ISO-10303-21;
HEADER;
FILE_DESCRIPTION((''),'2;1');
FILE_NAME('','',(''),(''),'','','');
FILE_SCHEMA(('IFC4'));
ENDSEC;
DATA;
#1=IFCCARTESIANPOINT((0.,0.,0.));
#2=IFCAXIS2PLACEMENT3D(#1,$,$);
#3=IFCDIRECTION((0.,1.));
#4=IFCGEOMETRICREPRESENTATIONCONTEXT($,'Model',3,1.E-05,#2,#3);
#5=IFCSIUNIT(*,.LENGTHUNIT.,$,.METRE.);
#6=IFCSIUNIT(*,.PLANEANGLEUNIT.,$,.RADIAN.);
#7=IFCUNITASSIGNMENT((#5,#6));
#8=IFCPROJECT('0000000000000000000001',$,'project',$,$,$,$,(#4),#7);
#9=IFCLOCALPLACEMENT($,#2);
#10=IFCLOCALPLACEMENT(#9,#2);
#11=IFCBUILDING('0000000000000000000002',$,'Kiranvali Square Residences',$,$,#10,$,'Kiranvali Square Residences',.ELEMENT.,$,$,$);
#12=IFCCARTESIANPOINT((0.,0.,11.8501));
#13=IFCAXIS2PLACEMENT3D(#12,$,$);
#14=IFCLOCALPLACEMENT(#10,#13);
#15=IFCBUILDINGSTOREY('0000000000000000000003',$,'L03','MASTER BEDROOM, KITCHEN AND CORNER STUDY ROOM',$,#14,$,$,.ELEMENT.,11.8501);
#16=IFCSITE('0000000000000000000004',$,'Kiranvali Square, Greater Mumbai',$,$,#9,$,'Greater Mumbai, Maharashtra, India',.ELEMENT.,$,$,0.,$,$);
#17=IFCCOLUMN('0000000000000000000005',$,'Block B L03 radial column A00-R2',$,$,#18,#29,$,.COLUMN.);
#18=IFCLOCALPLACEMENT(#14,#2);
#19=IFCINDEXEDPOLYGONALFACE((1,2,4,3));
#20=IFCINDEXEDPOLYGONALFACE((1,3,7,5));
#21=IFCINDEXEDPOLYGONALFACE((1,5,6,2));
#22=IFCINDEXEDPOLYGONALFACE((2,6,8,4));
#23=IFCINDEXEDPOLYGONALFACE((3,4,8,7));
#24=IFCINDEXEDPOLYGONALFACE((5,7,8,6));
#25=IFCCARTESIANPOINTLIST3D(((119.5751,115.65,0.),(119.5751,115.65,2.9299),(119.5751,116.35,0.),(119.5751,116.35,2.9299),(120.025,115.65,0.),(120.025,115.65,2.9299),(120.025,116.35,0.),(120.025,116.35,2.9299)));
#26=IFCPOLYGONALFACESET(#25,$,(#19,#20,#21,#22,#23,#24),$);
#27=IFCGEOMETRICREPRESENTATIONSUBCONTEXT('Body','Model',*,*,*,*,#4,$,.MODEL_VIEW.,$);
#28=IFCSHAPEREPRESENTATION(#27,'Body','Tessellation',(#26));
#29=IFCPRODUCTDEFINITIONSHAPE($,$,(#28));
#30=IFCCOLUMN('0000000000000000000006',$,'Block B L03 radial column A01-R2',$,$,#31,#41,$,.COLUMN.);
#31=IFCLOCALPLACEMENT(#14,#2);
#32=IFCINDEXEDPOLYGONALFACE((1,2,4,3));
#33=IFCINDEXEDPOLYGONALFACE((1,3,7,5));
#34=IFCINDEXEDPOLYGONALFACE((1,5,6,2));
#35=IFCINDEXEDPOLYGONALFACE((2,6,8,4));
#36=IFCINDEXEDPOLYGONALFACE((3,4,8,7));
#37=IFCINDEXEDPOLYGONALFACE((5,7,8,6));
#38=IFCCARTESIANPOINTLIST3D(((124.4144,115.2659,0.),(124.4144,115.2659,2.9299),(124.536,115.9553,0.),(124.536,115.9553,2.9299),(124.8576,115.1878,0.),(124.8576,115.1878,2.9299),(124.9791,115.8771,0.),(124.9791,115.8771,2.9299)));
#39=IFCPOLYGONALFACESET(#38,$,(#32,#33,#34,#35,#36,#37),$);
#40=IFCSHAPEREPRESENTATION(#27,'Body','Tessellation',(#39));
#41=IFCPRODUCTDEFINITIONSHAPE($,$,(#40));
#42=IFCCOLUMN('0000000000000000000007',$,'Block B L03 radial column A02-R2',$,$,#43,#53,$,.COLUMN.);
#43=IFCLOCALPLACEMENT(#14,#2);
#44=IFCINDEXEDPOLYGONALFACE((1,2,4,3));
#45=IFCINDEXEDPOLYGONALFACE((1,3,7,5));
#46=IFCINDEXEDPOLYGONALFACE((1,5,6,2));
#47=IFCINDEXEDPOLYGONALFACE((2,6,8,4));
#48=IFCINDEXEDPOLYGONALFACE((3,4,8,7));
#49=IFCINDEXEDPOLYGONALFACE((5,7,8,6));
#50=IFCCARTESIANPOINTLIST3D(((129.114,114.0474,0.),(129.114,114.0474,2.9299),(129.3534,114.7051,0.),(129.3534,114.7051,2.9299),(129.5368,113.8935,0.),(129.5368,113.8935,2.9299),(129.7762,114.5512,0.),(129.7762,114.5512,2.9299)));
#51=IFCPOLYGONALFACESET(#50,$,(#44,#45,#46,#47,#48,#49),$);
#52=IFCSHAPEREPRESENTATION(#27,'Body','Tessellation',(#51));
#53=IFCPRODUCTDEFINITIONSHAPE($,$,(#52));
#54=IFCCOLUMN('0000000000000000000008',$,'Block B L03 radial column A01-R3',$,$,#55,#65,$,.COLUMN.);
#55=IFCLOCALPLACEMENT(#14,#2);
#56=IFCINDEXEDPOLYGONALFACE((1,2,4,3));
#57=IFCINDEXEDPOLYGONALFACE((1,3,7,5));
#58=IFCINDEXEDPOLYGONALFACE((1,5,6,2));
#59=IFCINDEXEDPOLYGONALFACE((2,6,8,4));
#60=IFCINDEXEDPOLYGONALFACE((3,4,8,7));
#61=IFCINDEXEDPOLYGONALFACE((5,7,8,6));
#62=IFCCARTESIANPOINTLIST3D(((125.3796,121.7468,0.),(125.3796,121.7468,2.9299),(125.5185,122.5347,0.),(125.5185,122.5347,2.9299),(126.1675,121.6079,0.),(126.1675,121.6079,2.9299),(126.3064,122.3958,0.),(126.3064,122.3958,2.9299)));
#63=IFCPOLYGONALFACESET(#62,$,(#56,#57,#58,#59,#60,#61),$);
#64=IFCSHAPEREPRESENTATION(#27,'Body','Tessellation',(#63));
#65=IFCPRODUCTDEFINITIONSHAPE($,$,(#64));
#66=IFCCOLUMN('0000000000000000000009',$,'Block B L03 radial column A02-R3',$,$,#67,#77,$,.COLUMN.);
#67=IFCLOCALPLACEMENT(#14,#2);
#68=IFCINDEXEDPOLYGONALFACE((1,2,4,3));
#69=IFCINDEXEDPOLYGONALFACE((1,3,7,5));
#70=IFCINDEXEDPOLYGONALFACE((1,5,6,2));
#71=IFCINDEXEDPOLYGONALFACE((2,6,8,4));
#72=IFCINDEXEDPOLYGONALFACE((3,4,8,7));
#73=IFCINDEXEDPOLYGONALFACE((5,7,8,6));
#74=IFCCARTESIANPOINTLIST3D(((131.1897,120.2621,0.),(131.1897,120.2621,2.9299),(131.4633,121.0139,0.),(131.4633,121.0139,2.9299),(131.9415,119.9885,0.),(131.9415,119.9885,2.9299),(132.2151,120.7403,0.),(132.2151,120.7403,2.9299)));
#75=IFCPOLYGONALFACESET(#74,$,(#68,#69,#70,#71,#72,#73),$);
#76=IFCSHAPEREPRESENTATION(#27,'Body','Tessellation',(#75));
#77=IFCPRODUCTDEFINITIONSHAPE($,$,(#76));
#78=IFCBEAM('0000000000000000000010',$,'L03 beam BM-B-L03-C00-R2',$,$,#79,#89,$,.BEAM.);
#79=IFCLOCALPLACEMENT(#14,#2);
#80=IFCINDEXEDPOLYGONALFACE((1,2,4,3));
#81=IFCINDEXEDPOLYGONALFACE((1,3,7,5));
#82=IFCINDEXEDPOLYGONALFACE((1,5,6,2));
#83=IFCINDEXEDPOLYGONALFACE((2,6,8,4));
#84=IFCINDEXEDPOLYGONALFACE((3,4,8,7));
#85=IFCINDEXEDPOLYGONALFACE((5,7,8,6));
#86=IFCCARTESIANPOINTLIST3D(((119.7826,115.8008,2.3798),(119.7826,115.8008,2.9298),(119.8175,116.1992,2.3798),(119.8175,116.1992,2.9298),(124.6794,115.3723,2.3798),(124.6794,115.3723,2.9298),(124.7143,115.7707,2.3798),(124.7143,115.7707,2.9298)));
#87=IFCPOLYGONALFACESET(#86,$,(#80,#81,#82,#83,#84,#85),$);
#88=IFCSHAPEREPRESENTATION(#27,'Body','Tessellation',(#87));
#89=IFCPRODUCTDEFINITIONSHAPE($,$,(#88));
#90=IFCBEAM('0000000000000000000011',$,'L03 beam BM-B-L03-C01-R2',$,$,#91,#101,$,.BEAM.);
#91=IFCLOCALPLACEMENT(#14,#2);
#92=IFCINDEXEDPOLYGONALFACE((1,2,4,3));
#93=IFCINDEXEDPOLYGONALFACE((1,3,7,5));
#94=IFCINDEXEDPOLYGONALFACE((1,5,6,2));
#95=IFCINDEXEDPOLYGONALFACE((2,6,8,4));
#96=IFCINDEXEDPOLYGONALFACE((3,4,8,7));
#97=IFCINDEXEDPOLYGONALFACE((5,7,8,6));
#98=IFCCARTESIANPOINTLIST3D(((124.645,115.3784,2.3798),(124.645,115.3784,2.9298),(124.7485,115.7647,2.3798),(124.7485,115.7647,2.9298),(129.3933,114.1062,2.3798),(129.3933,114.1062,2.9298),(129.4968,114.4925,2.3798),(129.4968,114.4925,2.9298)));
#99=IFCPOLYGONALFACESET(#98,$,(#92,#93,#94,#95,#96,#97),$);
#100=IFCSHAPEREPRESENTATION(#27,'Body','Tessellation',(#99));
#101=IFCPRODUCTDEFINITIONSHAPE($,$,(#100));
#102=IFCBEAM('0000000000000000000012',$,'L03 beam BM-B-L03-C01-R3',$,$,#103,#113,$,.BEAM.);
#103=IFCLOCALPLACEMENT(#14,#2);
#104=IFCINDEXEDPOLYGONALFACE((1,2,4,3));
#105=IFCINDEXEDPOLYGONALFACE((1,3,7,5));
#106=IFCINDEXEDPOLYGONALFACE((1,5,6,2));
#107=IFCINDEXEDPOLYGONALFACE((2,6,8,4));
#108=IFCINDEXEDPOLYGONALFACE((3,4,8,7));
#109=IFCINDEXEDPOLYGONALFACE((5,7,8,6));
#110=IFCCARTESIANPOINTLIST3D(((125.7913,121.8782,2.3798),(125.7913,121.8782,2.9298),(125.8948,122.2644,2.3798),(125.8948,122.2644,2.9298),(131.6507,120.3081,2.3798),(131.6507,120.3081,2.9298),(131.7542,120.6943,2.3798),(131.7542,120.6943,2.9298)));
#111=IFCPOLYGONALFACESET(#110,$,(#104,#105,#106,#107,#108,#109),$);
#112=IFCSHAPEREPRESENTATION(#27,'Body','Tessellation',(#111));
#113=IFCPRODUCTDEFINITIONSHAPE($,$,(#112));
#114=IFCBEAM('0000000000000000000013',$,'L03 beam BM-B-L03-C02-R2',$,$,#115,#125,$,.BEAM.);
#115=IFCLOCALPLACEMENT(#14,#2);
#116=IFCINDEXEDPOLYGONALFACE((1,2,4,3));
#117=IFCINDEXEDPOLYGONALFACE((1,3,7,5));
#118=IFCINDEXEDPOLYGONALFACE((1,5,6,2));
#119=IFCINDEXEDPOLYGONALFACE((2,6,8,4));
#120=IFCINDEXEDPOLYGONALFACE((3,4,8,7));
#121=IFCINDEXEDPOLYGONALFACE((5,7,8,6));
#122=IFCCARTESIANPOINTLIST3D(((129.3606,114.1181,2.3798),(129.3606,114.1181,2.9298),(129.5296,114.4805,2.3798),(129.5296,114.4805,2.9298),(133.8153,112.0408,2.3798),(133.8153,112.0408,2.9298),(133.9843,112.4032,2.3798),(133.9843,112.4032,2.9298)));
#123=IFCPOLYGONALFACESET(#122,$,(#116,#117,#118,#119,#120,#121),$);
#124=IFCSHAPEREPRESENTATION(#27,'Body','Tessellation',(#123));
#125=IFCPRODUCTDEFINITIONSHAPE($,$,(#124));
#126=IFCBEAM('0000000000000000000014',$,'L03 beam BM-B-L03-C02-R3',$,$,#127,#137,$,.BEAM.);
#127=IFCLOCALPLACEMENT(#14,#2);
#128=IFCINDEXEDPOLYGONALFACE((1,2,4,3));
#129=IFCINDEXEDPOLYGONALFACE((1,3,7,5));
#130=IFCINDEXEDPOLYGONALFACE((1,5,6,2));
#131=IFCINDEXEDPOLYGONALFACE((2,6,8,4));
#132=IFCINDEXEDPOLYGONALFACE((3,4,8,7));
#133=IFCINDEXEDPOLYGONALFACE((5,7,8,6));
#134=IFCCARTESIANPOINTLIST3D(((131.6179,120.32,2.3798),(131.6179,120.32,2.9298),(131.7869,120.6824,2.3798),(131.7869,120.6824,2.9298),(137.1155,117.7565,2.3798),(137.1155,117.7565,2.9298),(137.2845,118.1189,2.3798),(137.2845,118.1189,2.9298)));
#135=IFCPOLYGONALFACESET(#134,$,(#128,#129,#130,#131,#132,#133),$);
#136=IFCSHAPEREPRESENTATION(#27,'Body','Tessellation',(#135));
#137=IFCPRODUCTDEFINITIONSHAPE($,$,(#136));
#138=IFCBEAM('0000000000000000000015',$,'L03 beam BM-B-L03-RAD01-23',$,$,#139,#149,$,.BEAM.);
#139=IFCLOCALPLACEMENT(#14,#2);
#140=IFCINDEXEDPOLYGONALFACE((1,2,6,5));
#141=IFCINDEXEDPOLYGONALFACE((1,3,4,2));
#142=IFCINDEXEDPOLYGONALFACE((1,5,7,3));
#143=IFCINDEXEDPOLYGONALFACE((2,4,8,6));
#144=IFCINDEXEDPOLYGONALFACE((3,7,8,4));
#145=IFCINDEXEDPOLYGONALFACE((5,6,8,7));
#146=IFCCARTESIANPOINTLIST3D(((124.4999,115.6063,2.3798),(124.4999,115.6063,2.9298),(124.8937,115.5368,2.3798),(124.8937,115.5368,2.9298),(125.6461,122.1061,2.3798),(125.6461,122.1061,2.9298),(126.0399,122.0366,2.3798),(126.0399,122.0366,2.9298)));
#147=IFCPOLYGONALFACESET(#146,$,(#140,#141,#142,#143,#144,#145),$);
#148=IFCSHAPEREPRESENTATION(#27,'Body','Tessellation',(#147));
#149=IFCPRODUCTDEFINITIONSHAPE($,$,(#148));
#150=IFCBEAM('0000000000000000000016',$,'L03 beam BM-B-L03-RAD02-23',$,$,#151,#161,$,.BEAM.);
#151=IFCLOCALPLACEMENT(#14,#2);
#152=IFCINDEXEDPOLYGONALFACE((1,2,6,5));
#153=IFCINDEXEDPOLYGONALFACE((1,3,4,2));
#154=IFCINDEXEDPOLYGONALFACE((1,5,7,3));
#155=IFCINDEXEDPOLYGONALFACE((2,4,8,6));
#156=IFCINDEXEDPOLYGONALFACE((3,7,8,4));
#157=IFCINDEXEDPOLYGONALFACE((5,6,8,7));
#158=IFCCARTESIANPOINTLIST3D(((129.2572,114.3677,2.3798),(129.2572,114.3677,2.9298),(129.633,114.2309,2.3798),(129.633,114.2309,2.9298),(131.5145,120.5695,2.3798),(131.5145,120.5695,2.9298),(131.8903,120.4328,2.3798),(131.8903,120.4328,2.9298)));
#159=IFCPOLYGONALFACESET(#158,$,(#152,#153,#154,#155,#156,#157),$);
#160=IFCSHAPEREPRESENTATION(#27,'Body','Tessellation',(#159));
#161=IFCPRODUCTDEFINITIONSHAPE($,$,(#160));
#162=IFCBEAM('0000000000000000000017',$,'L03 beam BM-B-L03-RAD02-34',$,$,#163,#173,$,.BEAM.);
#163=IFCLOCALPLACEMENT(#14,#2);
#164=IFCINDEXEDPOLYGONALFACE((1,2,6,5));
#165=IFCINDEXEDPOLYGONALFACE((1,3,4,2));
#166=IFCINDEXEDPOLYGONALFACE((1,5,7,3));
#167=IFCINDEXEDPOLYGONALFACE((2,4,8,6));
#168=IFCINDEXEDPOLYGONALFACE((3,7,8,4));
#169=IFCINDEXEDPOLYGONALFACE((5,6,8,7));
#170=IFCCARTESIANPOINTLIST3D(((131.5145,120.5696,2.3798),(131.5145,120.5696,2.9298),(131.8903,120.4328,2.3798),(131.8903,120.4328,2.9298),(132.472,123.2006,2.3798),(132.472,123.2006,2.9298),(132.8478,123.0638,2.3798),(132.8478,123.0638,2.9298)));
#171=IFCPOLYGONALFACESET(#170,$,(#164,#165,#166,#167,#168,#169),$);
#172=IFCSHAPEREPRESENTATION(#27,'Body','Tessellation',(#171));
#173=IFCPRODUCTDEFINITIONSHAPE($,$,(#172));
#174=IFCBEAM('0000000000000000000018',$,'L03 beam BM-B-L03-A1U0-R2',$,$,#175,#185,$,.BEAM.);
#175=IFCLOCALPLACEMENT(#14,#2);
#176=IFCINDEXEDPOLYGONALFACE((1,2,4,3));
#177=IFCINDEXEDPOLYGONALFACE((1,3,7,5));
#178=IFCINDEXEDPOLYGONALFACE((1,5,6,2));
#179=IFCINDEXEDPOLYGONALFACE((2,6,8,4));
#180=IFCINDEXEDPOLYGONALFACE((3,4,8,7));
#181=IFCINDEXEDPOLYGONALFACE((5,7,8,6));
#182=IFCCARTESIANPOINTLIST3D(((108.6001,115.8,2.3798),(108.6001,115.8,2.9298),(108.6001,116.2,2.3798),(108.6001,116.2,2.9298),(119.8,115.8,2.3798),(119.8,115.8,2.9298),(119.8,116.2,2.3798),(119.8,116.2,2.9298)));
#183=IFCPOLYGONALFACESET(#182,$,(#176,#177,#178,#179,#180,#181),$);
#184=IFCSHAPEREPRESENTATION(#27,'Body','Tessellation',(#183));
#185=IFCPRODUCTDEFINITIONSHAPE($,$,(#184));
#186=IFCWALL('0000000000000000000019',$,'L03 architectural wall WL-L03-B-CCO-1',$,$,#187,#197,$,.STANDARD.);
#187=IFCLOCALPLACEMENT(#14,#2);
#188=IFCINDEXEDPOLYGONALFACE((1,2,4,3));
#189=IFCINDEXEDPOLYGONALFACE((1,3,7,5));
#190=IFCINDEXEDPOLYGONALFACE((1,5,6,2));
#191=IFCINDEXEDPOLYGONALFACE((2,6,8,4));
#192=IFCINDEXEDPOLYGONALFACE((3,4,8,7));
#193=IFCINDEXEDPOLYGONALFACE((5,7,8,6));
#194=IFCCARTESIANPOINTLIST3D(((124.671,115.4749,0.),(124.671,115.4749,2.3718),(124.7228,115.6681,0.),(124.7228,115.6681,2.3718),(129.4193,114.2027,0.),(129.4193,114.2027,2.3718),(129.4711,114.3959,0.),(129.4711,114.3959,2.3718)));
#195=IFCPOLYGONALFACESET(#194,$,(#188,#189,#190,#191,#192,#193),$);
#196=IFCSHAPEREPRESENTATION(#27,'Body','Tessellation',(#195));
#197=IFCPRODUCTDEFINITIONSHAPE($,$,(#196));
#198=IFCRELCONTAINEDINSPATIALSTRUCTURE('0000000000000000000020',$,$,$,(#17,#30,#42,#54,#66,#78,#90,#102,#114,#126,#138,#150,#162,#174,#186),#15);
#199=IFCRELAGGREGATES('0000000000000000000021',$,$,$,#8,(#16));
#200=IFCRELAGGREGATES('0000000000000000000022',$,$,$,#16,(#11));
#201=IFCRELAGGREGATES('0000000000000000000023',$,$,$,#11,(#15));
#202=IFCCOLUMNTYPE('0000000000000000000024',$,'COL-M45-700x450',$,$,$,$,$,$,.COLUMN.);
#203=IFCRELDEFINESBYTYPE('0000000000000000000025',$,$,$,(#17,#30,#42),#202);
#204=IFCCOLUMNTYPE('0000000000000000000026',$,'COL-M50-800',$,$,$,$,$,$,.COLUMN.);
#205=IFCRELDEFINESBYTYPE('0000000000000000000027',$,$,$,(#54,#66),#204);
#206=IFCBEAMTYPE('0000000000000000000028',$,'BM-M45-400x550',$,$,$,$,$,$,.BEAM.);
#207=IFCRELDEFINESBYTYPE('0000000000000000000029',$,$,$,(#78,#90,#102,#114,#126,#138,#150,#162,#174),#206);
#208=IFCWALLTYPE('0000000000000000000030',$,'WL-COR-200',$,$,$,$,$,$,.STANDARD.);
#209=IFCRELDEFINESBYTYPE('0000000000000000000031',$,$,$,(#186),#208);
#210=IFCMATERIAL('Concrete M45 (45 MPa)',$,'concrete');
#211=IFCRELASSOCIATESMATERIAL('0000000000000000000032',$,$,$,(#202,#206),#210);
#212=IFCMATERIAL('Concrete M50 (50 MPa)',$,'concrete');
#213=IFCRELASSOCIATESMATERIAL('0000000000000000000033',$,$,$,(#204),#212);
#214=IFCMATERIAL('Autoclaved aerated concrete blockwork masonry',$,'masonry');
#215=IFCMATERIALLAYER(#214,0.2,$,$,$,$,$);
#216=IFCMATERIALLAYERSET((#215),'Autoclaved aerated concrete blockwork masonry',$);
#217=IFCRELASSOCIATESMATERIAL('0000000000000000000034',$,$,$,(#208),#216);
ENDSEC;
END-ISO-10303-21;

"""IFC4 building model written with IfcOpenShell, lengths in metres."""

from ifc_helpers import new_model, si_unit, direction, frame, frame_2d, origin, origin_2d, place, context, subcontext, project, spatial, rectangle, extrude, material, layer, layer_set, material_profile, profile_set, type_object, element, save


model = new_model("IFC4")

# Units and contexts
model_context = context("Model", 3, precision=1e-05, world=origin(), true_north=direction((0.0, 1.0)))
body_context = subcontext(model_context, "Body", "Model", "MODEL_VIEW")
ifc_project = project(units=[si_unit("LENGTHUNIT", "METRE"), si_unit("PLANEANGLEUNIT", "RADIAN")], contexts=[model_context])

# Site, building, storey
site_placement = place(None, origin())
site = spatial("IfcSite", under=ifc_project, at=site_placement, Name="Kiranvali Square, Greater Mumbai", LongName="Greater Mumbai, Maharashtra, India", CompositionType="ELEMENT", RefElevation=0.0)
building_placement = place(site_placement, origin())
building = spatial("IfcBuilding", under=site, at=building_placement, Name="Kiranvali Square Residences", LongName="Kiranvali Square Residences", CompositionType="ELEMENT")
storey_placement = place(building_placement, frame((0.0, 0.0, 11.8501)))
storey = spatial("IfcBuildingStorey", under=building, at=storey_placement, Name="L03", Description="MASTER BEDROOM, KITCHEN AND CORNER STUDY ROOM", CompositionType="ELEMENT", Elevation=11.8501)

# Columns
ifc_material_1 = material(Name="Concrete M45 (45 MPa)", Category="concrete")
ifc_material_profile_1 = material_profile(ifc_material_1, rectangle(XDim=0.45, YDim=0.7, at=origin_2d()), Name="RC 700x450")
ifc_profile_set_1 = profile_set([ifc_material_profile_1], Name="Concrete M45 (45 MPa)")
column_type_1 = type_object("IfcColumnType", Name="COL-M45-700x450", PredefinedType="COLUMN", material=ifc_profile_set_1)
for number, where, z_axis, x_axis, name in (
    (1, (119.8, 116.0, 0.0), (0.0, 0.0, 1.0), (1.0, 0.0, 0.0), "Block B L03 radial column A00-R2"),
    (2, (124.6968, 115.5715, 0.0), (0.0, 0.0, 1.0), (-0.984808, 0.173648, 0.0), "Block B L03 radial column A01-R2"),
    (3, (129.4451, 114.2993, 0.0), (0.0, 0.0, 1.0), (-0.939693, 0.34202, 0.0), "Block B L03 radial column A02-R2"),
):
    element("IfcColumn", number, at=place(storey_placement, frame(where, z_axis=z_axis, x_axis=x_axis)), inside=storey, type_object=column_type_1, Name=name, PredefinedType="COLUMN", context=body_context, shape_type="SweptSolid", body=[
        extrude(rectangle(XDim=0.45, YDim=0.7, at=origin_2d()), origin(), (0.0, 0.0, 1.0), 2.9299),
    ])
ifc_material_2 = material(Name="Concrete M50 (50 MPa)", Category="concrete")
ifc_material_profile_2 = material_profile(ifc_material_2, rectangle(XDim=0.8, YDim=0.8, at=origin_2d()), Name="RC 800x800")
ifc_profile_set_2 = profile_set([ifc_material_profile_2], Name="Concrete M50 (50 MPa)")
column_type_2 = type_object("IfcColumnType", Name="COL-M50-800", PredefinedType="COLUMN", material=ifc_profile_set_2)
for number, where, z_axis, x_axis, name in (
    (4, (125.843, 122.0713, 0.0), (0.0, 0.0, 1.0), (-0.984808, 0.173648, 0.0), "Block B L03 radial column A01-R3"),
    (5, (131.7024, 120.5012, 0.0), (0.0, 0.0, 1.0), (-0.939693, 0.34202, 0.0), "Block B L03 radial column A02-R3"),
):
    element("IfcColumn", number, at=place(storey_placement, frame(where, z_axis=z_axis, x_axis=x_axis)), inside=storey, type_object=column_type_2, Name=name, PredefinedType="COLUMN", context=body_context, shape_type="SweptSolid", body=[
        extrude(rectangle(XDim=0.8, YDim=0.8, at=origin_2d()), origin(), (0.0, 0.0, 1.0), 2.9299),
    ])

# Beams
ifc_material_profile_3 = material_profile(ifc_material_1, rectangle(XDim=0.3999, YDim=0.55, at=origin_2d()), Name="RC 400x550")
ifc_profile_set_3 = profile_set([ifc_material_profile_3], Name="Concrete M45 (45 MPa)")
beam_type = type_object("IfcBeamType", Name="BM-M45-400x550", PredefinedType="BEAM", material=ifc_profile_set_3)
beam_1_placement = place(storey_placement, frame((119.8, 116.0, 2.6548), z_axis=(0.996194, -0.087168, 0.0), x_axis=(0.087168, 0.996194, 0.0)))
element("IfcBeam", 6, at=beam_1_placement, inside=storey, type_object=beam_type, Name="L03 beam BM-B-L03-C00-R2", PredefinedType="BEAM", context=body_context, shape_type="SweptSolid", body=[
    extrude(rectangle(XDim=0.3999, YDim=0.55, at=origin_2d()), origin(), (0.0, 0.0, 1.0), 4.9155),
])
beam_2_placement = place(storey_placement, frame((124.6968, 115.5715, 2.6548), z_axis=(0.96593, -0.258803, 0.0), x_axis=(0.258803, 0.96593, 0.0)))
element("IfcBeam", 7, at=beam_2_placement, inside=storey, type_object=beam_type, Name="L03 beam BM-B-L03-C01-R2", PredefinedType="BEAM", context=body_context, shape_type="SweptSolid", body=[
    extrude(rectangle(XDim=0.3999, YDim=0.55, at=origin_2d()), origin(), (0.0, 0.0, 1.0), 4.9158),
])
beam_3_placement = place(storey_placement, frame((125.843, 122.0713, 2.6548), z_axis=(0.965924, -0.258827, 0.0), x_axis=(0.258827, 0.965924, 0.0)))
element("IfcBeam", 8, at=beam_3_placement, inside=storey, type_object=beam_type, Name="L03 beam BM-B-L03-C01-R3", PredefinedType="BEAM", context=body_context, shape_type="SweptSolid", body=[
    extrude(rectangle(XDim=0.3999, YDim=0.55, at=origin_2d()), origin(), (0.0, 0.0, 1.0), 6.0662),
])
beam_4_placement = place(storey_placement, frame((129.4451, 114.2993, 2.6548), z_axis=(0.906302, -0.42263, 0.0), x_axis=(0.42263, 0.906302, 0.0)))
element("IfcBeam", 9, at=beam_4_placement, inside=storey, type_object=beam_type, Name="L03 beam BM-B-L03-C02-R2", PredefinedType="BEAM", context=body_context, shape_type="SweptSolid", body=[
    extrude(rectangle(XDim=0.3999, YDim=0.55, at=origin_2d()), origin(), (0.0, 0.0, 1.0), 4.9153),
])
beam_5_placement = place(storey_placement, frame((131.7024, 120.5012, 2.6548), z_axis=(0.906313, -0.422608, 0.0), x_axis=(0.422608, 0.906313, 0.0)))
element("IfcBeam", 10, at=beam_5_placement, inside=storey, type_object=beam_type, Name="L03 beam BM-B-L03-C02-R3", PredefinedType="BEAM", context=body_context, shape_type="SweptSolid", body=[
    extrude(rectangle(XDim=0.3999, YDim=0.55, at=origin_2d()), origin(), (0.0, 0.0, 1.0), 6.0659),
])
beam_6_placement = place(storey_placement, frame((124.6968, 115.5715, 2.6548), z_axis=(0.173671, 0.984804, 0.0), x_axis=(-0.984804, 0.173671, 0.0)))
element("IfcBeam", 11, at=beam_6_placement, inside=storey, type_object=beam_type, Name="L03 beam BM-B-L03-RAD01-23", PredefinedType="BEAM", context=body_context, shape_type="SweptSolid", body=[
    extrude(rectangle(XDim=0.3999, YDim=0.55, at=origin_2d()), origin(), (0.0, 0.0, 1.0), 6.6001),
])
beam_7_placement = place(storey_placement, frame((129.4451, 114.2993, 2.6548), z_axis=(0.342022, 0.939692, 0.0), x_axis=(-0.939692, 0.342022, 0.0)))
element("IfcBeam", 12, at=beam_7_placement, inside=storey, type_object=beam_type, Name="L03 beam BM-B-L03-RAD02-23", PredefinedType="BEAM", context=body_context, shape_type="SweptSolid", body=[
    extrude(rectangle(XDim=0.3999, YDim=0.55, at=origin_2d()), origin(), (0.0, 0.0, 1.0), 6.5999),
])
beam_8_placement = place(storey_placement, frame((131.7024, 120.5012, 2.6548), z_axis=(0.341981, 0.939707, 0.0), x_axis=(-0.939707, 0.341981, 0.0)))
element("IfcBeam", 13, at=beam_8_placement, inside=storey, type_object=beam_type, Name="L03 beam BM-B-L03-RAD02-34", PredefinedType="BEAM", context=body_context, shape_type="SweptSolid", body=[
    extrude(rectangle(XDim=0.3999, YDim=0.55, at=origin_2d()), origin(), (0.0, 0.0, 1.0), 2.7998),
])
beam_9_placement = place(storey_placement, frame((119.8, 116.0, 2.6548), z_axis=(-1.0, 0.0, 0.0), x_axis=(0.0, -1.0, 0.0)))
element("IfcBeam", 14, at=beam_9_placement, inside=storey, type_object=beam_type, Name="L03 beam BM-B-L03-A1U0-R2", PredefinedType="BEAM", context=body_context, shape_type="SweptSolid", body=[
    extrude(rectangle(XDim=0.3999, YDim=0.55, at=origin_2d()), origin(), (0.0, 0.0, 1.0), 11.2),
])

# Shared definitions
ifc_material_3 = material(Name="Autoclaved aerated concrete blockwork masonry", Category="masonry")
ifc_layer_1 = layer(ifc_material_3, 0.2)
ifc_layer_set_1 = layer_set([ifc_layer_1], Name="Autoclaved aerated concrete blockwork masonry")
wall_type_1 = type_object("IfcWallType", Name="WL-COR-200", PredefinedType="STANDARD", material=ifc_layer_set_1)

# Wall
wall_1_placement = place(storey_placement, frame((124.6968, 115.5715, 0.0), z_axis=(0.0, 0.0, 1.0), x_axis=(0.96593, -0.258803, 0.0)))
element("IfcWall", 15, at=wall_1_placement, inside=storey, type_object=wall_type_1, Name="L03 architectural wall WL-L03-B-CCO-1", PredefinedType="STANDARD", context=body_context, shape_type="SweptSolid", body=[
    extrude(rectangle(XDim=4.9158, YDim=0.2, at=frame_2d((2.458, 0.0))), origin(), (0.0, 0.0, 1.0), 2.3718),
])

save(model, "model.ifc")
